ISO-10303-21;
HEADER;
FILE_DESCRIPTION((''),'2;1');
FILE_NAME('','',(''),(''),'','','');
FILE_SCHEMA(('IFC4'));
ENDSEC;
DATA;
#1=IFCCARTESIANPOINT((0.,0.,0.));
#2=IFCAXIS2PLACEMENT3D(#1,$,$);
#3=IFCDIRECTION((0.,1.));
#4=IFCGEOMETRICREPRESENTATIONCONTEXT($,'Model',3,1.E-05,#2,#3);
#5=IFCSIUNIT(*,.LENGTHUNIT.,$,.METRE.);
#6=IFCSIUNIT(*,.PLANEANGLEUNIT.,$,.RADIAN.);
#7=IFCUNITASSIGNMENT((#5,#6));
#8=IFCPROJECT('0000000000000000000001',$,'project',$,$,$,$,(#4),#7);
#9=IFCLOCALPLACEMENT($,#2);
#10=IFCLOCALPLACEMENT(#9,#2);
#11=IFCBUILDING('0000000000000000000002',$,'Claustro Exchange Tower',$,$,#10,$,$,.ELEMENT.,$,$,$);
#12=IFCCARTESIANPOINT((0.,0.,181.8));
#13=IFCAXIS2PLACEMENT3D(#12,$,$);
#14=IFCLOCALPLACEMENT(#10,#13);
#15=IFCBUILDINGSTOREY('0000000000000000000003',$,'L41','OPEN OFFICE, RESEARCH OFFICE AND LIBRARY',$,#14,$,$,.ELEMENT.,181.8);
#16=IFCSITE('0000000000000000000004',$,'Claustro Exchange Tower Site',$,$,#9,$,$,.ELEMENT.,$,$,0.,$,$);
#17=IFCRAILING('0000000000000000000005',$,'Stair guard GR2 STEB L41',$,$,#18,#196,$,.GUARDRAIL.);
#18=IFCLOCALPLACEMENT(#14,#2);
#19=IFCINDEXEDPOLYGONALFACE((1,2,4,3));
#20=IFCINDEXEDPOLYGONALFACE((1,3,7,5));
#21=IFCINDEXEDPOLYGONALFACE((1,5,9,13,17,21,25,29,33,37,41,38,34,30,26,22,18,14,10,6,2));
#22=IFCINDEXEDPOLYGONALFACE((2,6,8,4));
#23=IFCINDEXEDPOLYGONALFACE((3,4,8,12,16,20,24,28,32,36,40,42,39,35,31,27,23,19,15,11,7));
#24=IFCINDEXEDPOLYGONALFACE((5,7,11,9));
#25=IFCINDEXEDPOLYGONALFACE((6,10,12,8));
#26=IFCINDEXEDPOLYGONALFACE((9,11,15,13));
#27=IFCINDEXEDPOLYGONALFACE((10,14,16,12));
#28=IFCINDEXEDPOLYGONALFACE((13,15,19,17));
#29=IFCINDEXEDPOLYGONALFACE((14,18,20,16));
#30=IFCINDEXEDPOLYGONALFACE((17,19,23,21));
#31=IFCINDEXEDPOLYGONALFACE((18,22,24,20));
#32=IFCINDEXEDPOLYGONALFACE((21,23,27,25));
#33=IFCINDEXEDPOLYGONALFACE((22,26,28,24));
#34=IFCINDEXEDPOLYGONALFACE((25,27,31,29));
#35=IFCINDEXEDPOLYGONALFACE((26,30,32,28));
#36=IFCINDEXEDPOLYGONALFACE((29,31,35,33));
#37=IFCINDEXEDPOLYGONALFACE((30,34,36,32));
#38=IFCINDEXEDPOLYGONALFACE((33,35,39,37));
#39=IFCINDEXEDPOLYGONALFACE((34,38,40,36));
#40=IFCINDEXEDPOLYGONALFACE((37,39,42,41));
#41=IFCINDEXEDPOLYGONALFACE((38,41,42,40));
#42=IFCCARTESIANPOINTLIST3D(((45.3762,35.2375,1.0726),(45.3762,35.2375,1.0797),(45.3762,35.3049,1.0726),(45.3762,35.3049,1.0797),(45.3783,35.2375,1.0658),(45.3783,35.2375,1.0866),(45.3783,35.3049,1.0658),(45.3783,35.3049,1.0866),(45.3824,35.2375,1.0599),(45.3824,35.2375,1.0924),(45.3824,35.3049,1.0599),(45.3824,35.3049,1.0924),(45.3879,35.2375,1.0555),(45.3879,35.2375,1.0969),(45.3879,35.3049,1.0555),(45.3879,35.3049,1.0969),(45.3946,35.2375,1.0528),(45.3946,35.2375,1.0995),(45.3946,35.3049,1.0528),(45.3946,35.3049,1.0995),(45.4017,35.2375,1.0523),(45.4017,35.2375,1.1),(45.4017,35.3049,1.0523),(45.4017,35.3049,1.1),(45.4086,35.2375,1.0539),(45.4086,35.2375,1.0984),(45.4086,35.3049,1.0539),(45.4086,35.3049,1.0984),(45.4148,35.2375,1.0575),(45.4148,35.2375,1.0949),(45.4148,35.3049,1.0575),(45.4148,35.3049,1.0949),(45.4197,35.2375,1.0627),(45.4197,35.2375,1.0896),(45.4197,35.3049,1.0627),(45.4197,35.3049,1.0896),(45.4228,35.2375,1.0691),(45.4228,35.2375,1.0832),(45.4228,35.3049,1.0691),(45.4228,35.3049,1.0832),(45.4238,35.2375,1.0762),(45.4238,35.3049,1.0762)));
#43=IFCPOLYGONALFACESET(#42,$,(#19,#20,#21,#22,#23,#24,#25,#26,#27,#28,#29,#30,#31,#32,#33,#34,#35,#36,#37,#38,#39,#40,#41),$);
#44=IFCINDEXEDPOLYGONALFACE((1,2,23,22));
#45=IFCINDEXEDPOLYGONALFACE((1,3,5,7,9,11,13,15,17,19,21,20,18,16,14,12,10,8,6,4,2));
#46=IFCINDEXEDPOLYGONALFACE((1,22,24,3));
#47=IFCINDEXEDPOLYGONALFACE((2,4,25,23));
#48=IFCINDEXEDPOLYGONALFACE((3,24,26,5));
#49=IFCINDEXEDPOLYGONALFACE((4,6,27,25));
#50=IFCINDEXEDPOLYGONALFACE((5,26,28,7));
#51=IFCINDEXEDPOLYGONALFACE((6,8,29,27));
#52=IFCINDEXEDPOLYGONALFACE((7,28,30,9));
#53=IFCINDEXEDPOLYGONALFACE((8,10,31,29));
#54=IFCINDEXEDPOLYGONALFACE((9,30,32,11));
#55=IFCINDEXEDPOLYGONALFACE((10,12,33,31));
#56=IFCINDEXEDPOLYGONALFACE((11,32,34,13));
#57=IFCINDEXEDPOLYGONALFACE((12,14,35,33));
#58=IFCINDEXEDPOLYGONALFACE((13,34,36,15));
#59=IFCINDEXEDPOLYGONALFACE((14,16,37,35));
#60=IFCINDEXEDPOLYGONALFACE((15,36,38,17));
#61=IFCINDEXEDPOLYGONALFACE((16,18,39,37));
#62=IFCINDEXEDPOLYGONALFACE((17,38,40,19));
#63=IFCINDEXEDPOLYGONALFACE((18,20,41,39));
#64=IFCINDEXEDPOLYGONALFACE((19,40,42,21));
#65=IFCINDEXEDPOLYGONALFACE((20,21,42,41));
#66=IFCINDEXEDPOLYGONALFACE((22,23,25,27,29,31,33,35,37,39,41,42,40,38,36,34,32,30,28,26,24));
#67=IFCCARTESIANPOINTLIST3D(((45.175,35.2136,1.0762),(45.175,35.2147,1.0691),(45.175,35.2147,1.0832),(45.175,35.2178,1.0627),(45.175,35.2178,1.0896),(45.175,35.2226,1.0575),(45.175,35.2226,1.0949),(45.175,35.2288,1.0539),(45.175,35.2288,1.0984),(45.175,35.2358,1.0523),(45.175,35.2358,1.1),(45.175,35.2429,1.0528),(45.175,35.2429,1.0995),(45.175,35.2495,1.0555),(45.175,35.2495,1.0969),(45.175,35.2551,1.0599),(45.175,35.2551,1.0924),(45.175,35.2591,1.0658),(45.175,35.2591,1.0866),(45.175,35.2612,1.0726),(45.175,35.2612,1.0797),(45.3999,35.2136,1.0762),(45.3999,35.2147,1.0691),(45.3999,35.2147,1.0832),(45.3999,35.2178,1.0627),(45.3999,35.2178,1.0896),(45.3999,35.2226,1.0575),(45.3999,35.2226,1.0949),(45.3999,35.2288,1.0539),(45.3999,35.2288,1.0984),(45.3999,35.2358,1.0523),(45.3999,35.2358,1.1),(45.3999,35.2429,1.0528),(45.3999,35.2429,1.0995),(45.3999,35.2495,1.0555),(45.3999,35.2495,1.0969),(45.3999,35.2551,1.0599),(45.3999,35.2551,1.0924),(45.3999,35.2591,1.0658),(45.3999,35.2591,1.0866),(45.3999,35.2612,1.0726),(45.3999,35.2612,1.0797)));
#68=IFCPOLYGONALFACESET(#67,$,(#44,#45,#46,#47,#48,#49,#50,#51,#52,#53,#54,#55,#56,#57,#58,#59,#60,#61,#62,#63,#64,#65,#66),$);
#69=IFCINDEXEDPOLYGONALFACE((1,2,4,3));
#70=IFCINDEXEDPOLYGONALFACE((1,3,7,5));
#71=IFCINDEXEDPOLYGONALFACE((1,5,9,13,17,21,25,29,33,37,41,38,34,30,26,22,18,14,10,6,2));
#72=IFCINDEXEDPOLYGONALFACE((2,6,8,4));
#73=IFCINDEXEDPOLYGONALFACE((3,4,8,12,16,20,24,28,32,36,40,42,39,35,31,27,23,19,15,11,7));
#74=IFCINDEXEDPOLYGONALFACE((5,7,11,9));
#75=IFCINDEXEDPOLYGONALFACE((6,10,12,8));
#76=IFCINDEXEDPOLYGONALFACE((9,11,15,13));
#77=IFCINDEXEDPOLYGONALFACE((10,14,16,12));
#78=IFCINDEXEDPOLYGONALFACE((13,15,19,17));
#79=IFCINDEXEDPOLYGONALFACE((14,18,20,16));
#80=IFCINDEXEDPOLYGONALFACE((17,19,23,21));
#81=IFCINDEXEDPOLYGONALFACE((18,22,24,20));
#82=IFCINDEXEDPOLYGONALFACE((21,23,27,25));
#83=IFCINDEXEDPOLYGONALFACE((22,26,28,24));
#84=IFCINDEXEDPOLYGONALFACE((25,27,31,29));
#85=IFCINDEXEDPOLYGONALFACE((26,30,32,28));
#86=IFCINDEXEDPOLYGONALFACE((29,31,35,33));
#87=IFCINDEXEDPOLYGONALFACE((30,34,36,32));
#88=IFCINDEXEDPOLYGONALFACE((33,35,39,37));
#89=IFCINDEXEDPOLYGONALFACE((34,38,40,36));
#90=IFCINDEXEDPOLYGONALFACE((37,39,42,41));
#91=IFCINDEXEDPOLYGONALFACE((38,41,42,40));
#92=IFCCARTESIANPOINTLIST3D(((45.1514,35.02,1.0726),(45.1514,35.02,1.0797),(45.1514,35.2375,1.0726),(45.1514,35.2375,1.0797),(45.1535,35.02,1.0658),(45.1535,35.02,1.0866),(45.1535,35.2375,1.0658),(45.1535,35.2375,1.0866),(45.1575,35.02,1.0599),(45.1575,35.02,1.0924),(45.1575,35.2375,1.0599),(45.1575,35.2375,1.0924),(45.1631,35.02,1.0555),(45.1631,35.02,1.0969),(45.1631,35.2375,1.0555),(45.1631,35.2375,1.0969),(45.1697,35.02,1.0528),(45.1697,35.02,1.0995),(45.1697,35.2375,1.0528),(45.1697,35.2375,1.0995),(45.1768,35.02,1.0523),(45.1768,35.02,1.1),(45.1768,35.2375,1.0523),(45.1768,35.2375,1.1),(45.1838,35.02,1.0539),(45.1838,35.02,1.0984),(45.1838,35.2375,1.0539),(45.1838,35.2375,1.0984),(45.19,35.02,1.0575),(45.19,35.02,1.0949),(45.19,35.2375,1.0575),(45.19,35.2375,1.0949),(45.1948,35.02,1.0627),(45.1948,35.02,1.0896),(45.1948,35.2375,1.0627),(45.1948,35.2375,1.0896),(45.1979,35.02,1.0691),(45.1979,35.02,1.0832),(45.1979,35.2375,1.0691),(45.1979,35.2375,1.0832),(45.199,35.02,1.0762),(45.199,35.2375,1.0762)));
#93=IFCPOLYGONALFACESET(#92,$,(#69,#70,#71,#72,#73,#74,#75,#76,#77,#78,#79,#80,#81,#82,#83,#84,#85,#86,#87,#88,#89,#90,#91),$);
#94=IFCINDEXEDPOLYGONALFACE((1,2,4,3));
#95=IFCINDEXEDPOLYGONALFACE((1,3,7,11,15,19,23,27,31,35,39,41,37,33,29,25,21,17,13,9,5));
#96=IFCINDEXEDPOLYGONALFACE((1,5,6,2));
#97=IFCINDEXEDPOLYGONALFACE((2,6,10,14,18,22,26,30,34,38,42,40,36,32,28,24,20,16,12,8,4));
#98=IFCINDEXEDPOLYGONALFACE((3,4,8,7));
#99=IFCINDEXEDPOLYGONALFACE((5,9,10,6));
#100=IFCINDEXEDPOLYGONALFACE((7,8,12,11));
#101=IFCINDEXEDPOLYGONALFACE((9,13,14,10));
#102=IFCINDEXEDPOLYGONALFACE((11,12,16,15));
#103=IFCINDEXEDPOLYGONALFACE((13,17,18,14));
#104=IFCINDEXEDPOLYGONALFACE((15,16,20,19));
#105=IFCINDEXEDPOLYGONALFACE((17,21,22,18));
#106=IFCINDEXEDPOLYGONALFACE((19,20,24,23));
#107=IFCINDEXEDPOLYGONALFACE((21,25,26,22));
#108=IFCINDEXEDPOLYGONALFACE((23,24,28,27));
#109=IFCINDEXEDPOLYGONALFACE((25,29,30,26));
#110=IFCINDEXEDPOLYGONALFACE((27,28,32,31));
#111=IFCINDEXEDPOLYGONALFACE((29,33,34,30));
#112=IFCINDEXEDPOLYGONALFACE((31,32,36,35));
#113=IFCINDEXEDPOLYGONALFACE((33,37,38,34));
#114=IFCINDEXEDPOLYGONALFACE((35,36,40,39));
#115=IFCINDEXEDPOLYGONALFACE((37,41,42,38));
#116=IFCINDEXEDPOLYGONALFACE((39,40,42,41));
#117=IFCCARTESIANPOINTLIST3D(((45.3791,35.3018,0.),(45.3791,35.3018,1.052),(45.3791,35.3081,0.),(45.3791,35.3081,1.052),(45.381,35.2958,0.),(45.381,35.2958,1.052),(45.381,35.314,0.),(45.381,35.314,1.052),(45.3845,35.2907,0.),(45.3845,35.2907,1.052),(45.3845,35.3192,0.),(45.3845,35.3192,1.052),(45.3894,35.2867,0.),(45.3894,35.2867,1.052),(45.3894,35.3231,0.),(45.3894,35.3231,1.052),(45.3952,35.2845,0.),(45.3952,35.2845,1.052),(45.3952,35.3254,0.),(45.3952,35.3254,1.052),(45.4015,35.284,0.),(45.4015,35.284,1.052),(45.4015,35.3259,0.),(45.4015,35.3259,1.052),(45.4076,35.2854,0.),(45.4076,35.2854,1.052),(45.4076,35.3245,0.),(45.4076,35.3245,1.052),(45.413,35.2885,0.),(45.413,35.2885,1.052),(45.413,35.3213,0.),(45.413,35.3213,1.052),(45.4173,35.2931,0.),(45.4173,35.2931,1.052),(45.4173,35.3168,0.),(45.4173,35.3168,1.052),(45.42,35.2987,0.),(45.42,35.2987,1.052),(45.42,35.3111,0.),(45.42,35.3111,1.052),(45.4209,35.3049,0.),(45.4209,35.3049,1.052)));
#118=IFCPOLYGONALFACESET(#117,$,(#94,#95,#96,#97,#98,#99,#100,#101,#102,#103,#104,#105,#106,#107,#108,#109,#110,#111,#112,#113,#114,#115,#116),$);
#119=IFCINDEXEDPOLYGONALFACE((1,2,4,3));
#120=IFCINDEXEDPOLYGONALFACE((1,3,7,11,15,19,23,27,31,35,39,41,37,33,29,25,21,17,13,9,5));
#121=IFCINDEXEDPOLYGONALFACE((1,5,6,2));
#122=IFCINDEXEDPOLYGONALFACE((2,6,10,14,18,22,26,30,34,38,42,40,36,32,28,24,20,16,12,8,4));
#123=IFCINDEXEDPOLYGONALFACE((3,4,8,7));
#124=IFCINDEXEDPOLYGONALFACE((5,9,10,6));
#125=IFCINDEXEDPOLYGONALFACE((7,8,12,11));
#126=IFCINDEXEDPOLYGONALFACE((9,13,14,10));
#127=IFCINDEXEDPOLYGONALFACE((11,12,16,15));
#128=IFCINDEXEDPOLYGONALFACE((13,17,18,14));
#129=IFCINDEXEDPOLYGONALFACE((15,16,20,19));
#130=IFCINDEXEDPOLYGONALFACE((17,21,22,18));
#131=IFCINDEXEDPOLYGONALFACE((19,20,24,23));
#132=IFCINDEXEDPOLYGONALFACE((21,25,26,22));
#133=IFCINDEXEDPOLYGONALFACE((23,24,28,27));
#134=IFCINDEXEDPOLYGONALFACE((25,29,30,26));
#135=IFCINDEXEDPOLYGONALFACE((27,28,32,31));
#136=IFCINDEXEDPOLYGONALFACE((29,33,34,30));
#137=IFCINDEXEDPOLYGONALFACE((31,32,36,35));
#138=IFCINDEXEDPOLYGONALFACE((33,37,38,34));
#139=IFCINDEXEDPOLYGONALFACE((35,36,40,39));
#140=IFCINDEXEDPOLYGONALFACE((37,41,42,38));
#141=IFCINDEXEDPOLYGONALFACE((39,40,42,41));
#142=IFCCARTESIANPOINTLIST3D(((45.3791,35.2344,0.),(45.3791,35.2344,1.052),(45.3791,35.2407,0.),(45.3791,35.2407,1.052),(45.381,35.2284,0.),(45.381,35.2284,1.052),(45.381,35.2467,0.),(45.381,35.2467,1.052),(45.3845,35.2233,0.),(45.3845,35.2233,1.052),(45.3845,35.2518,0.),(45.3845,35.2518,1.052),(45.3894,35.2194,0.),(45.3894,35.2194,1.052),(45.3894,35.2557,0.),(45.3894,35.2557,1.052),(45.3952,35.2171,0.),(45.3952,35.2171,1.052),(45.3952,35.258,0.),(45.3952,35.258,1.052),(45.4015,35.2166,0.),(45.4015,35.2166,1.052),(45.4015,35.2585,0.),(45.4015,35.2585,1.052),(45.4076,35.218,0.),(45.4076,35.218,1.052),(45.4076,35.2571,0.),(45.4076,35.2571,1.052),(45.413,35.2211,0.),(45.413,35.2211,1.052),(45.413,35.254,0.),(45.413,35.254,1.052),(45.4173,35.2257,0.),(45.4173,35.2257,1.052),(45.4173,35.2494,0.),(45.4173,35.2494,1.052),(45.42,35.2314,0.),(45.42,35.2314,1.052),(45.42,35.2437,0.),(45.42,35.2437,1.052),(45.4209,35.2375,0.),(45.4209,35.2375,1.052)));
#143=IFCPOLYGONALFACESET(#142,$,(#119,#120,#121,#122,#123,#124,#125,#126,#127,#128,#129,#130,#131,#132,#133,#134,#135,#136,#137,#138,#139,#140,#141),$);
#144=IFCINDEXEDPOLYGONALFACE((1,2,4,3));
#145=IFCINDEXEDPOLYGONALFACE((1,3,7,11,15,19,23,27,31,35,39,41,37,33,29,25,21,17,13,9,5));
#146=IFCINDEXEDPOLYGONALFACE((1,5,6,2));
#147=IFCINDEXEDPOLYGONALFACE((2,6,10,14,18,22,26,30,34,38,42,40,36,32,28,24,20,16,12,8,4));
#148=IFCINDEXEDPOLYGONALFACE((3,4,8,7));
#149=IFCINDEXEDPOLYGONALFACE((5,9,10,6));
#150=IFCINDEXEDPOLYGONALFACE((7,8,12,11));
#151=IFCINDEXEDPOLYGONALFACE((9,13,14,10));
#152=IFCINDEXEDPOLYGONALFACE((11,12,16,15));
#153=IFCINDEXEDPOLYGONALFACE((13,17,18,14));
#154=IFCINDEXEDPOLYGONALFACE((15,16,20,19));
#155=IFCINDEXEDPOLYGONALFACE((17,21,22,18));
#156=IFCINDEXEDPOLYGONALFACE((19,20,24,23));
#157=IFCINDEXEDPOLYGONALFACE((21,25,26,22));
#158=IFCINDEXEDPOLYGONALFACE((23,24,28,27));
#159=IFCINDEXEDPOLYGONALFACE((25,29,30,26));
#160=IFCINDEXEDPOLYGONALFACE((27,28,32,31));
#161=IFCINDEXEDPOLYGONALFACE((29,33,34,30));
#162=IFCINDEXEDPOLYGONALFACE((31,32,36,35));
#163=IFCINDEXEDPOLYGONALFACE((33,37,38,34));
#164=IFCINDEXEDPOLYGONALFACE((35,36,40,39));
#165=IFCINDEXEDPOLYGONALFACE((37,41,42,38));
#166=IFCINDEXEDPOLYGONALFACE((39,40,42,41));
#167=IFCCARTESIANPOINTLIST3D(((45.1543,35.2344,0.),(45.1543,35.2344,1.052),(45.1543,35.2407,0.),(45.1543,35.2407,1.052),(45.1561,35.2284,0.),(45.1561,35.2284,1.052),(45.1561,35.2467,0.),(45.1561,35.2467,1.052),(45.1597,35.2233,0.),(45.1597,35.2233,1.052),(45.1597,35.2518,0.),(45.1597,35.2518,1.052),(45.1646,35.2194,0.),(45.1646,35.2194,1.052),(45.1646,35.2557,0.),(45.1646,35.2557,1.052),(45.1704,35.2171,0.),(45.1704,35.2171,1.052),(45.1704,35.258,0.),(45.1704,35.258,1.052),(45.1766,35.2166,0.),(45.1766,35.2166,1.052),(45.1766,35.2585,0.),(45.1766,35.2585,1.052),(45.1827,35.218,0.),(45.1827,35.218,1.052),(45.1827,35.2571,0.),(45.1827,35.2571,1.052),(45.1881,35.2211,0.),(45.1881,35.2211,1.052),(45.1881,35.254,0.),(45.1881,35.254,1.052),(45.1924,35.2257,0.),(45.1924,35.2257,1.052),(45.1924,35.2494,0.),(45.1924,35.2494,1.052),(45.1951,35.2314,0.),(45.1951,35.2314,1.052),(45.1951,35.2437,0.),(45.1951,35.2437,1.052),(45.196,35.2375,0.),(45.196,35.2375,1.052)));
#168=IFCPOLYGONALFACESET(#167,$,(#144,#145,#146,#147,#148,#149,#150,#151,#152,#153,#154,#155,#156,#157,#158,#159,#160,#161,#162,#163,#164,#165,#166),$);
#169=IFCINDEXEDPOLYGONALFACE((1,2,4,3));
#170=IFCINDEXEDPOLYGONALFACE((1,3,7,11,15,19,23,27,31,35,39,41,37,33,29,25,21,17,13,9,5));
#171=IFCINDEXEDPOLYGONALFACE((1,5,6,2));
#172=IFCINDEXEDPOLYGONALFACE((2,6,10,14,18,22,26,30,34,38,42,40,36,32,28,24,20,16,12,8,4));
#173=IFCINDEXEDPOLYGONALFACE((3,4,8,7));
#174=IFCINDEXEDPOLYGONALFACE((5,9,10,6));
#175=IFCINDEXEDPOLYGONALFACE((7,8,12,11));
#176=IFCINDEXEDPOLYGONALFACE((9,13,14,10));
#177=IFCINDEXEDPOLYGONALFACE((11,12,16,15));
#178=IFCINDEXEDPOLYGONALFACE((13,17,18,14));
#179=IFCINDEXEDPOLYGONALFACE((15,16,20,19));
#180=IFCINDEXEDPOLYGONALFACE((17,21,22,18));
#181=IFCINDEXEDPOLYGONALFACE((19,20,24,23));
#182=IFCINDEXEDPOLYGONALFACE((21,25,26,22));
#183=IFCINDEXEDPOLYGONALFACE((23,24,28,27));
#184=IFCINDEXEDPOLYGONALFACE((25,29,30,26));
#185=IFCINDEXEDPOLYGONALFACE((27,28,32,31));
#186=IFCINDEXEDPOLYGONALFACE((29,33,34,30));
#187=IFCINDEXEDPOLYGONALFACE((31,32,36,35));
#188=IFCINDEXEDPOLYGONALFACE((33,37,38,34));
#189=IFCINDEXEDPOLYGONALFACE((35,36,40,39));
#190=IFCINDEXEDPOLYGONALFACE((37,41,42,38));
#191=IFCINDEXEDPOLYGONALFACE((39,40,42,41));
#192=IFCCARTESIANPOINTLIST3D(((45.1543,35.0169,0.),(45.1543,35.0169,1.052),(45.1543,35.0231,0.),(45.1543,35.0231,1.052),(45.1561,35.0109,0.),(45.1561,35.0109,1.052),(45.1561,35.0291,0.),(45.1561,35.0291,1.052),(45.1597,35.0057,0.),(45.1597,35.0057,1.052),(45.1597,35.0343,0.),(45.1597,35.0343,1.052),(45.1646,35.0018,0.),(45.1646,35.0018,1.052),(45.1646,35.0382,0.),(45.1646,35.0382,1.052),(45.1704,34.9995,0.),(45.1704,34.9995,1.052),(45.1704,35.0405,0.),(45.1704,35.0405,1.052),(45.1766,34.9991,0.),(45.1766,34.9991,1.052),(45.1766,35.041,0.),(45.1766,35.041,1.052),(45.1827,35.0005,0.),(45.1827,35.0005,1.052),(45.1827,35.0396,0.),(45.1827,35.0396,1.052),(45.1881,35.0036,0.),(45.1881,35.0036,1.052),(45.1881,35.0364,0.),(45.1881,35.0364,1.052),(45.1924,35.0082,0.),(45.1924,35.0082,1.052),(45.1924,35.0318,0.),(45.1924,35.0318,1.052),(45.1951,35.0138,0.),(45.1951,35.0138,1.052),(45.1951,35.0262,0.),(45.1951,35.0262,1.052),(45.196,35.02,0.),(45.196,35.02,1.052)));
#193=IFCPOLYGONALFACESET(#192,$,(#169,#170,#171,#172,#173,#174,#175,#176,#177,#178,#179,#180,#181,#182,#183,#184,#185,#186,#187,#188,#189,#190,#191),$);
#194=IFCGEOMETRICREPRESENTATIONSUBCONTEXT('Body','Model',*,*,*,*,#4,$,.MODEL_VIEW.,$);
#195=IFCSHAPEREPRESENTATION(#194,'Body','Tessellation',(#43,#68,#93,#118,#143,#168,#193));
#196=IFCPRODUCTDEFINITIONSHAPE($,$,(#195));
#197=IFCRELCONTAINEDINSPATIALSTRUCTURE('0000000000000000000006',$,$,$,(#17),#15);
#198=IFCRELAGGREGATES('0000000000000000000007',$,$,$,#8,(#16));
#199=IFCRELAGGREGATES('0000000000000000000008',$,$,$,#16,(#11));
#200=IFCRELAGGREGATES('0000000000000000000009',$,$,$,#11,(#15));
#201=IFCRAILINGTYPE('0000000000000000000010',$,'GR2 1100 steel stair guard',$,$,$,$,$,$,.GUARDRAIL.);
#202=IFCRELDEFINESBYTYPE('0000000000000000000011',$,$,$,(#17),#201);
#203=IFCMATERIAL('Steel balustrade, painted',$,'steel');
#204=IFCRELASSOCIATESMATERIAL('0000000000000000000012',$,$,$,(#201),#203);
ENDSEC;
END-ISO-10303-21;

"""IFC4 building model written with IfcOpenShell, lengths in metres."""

from ifc_helpers import new_model, si_unit, direction, frame, origin, origin_2d, place, context, subcontext, project, spatial, circle, extrude, material, type_object, element, save


model = new_model("IFC4")

# Units and contexts
model_context = context("Model", 3, precision=1e-05, world=origin(), true_north=direction((0.0, 1.0)))
body_context = subcontext(model_context, "Body", "Model", "MODEL_VIEW")
ifc_project = project(units=[si_unit("LENGTHUNIT", "METRE"), si_unit("PLANEANGLEUNIT", "RADIAN")], contexts=[model_context])

# Site, building, storey
site_placement = place(None, origin())
site = spatial("IfcSite", under=ifc_project, at=site_placement, Name="Claustro Exchange Tower Site", CompositionType="ELEMENT", RefElevation=0.0)
building_placement = place(site_placement, origin())
building = spatial("IfcBuilding", under=site, at=building_placement, Name="Claustro Exchange Tower", CompositionType="ELEMENT")
storey_placement = place(building_placement, frame((0.0, 0.0, 181.8)))
storey = spatial("IfcBuildingStorey", under=building, at=storey_placement, Name="L41", Description="OPEN OFFICE, RESEARCH OFFICE AND LIBRARY", CompositionType="ELEMENT", Elevation=181.8)

# Railing
ifc_material_1 = material(Name="Steel balustrade, painted", Category="steel")
railing_type_1 = type_object("IfcRailingType", Name="GR2 1100 steel stair guard", PredefinedType="GUARDRAIL", material=ifc_material_1)
railing_1_placement = place(storey_placement, frame((45.3999, 35.3049, 0.0)))
element("IfcRailing", 1, at=railing_1_placement, inside=storey, type_object=railing_type_1, Name="Stair guard GR2 STEB L41", PredefinedType="GUARDRAIL", context=body_context, shape_type="SweptSolid", body=[
    extrude(circle(Radius=0.0239, at=origin_2d()), frame((0.0, 0.0, 1.0762), z_axis=(0.0, -1.0, 0.0), x_axis=(1.0, 0.0, 0.0)), (0.0, 0.0, 1.0), 0.0674),
    extrude(circle(Radius=0.0239, at=origin_2d()), frame((0.0, -0.0674, 1.0762), z_axis=(-1.0, 0.0, 0.0), x_axis=(0.0, -1.0, 0.0)), (0.0, 0.0, 1.0), 0.2249),
    extrude(circle(Radius=0.0239, at=origin_2d()), frame((-0.2249, -0.0674, 1.0762), z_axis=(0.0, -1.0, 0.0), x_axis=(1.0, 0.0, 0.0)), (0.0, 0.0, 1.0), 0.2175),
    extrude(circle(Radius=0.021, at=origin_2d()), origin(), (0.0, 0.0, 1.0), 1.052),
    extrude(circle(Radius=0.021, at=origin_2d()), frame((0.0, -0.0674, 0.0)), (0.0, 0.0, 1.0), 1.052),
    extrude(circle(Radius=0.021, at=origin_2d()), frame((-0.2249, -0.0674, 0.0)), (0.0, 0.0, 1.0), 1.052),
    extrude(circle(Radius=0.021, at=origin_2d()), frame((-0.2249, -0.2849, 0.0)), (0.0, 0.0, 1.0), 1.052),
])

save(model, "model.ifc")
